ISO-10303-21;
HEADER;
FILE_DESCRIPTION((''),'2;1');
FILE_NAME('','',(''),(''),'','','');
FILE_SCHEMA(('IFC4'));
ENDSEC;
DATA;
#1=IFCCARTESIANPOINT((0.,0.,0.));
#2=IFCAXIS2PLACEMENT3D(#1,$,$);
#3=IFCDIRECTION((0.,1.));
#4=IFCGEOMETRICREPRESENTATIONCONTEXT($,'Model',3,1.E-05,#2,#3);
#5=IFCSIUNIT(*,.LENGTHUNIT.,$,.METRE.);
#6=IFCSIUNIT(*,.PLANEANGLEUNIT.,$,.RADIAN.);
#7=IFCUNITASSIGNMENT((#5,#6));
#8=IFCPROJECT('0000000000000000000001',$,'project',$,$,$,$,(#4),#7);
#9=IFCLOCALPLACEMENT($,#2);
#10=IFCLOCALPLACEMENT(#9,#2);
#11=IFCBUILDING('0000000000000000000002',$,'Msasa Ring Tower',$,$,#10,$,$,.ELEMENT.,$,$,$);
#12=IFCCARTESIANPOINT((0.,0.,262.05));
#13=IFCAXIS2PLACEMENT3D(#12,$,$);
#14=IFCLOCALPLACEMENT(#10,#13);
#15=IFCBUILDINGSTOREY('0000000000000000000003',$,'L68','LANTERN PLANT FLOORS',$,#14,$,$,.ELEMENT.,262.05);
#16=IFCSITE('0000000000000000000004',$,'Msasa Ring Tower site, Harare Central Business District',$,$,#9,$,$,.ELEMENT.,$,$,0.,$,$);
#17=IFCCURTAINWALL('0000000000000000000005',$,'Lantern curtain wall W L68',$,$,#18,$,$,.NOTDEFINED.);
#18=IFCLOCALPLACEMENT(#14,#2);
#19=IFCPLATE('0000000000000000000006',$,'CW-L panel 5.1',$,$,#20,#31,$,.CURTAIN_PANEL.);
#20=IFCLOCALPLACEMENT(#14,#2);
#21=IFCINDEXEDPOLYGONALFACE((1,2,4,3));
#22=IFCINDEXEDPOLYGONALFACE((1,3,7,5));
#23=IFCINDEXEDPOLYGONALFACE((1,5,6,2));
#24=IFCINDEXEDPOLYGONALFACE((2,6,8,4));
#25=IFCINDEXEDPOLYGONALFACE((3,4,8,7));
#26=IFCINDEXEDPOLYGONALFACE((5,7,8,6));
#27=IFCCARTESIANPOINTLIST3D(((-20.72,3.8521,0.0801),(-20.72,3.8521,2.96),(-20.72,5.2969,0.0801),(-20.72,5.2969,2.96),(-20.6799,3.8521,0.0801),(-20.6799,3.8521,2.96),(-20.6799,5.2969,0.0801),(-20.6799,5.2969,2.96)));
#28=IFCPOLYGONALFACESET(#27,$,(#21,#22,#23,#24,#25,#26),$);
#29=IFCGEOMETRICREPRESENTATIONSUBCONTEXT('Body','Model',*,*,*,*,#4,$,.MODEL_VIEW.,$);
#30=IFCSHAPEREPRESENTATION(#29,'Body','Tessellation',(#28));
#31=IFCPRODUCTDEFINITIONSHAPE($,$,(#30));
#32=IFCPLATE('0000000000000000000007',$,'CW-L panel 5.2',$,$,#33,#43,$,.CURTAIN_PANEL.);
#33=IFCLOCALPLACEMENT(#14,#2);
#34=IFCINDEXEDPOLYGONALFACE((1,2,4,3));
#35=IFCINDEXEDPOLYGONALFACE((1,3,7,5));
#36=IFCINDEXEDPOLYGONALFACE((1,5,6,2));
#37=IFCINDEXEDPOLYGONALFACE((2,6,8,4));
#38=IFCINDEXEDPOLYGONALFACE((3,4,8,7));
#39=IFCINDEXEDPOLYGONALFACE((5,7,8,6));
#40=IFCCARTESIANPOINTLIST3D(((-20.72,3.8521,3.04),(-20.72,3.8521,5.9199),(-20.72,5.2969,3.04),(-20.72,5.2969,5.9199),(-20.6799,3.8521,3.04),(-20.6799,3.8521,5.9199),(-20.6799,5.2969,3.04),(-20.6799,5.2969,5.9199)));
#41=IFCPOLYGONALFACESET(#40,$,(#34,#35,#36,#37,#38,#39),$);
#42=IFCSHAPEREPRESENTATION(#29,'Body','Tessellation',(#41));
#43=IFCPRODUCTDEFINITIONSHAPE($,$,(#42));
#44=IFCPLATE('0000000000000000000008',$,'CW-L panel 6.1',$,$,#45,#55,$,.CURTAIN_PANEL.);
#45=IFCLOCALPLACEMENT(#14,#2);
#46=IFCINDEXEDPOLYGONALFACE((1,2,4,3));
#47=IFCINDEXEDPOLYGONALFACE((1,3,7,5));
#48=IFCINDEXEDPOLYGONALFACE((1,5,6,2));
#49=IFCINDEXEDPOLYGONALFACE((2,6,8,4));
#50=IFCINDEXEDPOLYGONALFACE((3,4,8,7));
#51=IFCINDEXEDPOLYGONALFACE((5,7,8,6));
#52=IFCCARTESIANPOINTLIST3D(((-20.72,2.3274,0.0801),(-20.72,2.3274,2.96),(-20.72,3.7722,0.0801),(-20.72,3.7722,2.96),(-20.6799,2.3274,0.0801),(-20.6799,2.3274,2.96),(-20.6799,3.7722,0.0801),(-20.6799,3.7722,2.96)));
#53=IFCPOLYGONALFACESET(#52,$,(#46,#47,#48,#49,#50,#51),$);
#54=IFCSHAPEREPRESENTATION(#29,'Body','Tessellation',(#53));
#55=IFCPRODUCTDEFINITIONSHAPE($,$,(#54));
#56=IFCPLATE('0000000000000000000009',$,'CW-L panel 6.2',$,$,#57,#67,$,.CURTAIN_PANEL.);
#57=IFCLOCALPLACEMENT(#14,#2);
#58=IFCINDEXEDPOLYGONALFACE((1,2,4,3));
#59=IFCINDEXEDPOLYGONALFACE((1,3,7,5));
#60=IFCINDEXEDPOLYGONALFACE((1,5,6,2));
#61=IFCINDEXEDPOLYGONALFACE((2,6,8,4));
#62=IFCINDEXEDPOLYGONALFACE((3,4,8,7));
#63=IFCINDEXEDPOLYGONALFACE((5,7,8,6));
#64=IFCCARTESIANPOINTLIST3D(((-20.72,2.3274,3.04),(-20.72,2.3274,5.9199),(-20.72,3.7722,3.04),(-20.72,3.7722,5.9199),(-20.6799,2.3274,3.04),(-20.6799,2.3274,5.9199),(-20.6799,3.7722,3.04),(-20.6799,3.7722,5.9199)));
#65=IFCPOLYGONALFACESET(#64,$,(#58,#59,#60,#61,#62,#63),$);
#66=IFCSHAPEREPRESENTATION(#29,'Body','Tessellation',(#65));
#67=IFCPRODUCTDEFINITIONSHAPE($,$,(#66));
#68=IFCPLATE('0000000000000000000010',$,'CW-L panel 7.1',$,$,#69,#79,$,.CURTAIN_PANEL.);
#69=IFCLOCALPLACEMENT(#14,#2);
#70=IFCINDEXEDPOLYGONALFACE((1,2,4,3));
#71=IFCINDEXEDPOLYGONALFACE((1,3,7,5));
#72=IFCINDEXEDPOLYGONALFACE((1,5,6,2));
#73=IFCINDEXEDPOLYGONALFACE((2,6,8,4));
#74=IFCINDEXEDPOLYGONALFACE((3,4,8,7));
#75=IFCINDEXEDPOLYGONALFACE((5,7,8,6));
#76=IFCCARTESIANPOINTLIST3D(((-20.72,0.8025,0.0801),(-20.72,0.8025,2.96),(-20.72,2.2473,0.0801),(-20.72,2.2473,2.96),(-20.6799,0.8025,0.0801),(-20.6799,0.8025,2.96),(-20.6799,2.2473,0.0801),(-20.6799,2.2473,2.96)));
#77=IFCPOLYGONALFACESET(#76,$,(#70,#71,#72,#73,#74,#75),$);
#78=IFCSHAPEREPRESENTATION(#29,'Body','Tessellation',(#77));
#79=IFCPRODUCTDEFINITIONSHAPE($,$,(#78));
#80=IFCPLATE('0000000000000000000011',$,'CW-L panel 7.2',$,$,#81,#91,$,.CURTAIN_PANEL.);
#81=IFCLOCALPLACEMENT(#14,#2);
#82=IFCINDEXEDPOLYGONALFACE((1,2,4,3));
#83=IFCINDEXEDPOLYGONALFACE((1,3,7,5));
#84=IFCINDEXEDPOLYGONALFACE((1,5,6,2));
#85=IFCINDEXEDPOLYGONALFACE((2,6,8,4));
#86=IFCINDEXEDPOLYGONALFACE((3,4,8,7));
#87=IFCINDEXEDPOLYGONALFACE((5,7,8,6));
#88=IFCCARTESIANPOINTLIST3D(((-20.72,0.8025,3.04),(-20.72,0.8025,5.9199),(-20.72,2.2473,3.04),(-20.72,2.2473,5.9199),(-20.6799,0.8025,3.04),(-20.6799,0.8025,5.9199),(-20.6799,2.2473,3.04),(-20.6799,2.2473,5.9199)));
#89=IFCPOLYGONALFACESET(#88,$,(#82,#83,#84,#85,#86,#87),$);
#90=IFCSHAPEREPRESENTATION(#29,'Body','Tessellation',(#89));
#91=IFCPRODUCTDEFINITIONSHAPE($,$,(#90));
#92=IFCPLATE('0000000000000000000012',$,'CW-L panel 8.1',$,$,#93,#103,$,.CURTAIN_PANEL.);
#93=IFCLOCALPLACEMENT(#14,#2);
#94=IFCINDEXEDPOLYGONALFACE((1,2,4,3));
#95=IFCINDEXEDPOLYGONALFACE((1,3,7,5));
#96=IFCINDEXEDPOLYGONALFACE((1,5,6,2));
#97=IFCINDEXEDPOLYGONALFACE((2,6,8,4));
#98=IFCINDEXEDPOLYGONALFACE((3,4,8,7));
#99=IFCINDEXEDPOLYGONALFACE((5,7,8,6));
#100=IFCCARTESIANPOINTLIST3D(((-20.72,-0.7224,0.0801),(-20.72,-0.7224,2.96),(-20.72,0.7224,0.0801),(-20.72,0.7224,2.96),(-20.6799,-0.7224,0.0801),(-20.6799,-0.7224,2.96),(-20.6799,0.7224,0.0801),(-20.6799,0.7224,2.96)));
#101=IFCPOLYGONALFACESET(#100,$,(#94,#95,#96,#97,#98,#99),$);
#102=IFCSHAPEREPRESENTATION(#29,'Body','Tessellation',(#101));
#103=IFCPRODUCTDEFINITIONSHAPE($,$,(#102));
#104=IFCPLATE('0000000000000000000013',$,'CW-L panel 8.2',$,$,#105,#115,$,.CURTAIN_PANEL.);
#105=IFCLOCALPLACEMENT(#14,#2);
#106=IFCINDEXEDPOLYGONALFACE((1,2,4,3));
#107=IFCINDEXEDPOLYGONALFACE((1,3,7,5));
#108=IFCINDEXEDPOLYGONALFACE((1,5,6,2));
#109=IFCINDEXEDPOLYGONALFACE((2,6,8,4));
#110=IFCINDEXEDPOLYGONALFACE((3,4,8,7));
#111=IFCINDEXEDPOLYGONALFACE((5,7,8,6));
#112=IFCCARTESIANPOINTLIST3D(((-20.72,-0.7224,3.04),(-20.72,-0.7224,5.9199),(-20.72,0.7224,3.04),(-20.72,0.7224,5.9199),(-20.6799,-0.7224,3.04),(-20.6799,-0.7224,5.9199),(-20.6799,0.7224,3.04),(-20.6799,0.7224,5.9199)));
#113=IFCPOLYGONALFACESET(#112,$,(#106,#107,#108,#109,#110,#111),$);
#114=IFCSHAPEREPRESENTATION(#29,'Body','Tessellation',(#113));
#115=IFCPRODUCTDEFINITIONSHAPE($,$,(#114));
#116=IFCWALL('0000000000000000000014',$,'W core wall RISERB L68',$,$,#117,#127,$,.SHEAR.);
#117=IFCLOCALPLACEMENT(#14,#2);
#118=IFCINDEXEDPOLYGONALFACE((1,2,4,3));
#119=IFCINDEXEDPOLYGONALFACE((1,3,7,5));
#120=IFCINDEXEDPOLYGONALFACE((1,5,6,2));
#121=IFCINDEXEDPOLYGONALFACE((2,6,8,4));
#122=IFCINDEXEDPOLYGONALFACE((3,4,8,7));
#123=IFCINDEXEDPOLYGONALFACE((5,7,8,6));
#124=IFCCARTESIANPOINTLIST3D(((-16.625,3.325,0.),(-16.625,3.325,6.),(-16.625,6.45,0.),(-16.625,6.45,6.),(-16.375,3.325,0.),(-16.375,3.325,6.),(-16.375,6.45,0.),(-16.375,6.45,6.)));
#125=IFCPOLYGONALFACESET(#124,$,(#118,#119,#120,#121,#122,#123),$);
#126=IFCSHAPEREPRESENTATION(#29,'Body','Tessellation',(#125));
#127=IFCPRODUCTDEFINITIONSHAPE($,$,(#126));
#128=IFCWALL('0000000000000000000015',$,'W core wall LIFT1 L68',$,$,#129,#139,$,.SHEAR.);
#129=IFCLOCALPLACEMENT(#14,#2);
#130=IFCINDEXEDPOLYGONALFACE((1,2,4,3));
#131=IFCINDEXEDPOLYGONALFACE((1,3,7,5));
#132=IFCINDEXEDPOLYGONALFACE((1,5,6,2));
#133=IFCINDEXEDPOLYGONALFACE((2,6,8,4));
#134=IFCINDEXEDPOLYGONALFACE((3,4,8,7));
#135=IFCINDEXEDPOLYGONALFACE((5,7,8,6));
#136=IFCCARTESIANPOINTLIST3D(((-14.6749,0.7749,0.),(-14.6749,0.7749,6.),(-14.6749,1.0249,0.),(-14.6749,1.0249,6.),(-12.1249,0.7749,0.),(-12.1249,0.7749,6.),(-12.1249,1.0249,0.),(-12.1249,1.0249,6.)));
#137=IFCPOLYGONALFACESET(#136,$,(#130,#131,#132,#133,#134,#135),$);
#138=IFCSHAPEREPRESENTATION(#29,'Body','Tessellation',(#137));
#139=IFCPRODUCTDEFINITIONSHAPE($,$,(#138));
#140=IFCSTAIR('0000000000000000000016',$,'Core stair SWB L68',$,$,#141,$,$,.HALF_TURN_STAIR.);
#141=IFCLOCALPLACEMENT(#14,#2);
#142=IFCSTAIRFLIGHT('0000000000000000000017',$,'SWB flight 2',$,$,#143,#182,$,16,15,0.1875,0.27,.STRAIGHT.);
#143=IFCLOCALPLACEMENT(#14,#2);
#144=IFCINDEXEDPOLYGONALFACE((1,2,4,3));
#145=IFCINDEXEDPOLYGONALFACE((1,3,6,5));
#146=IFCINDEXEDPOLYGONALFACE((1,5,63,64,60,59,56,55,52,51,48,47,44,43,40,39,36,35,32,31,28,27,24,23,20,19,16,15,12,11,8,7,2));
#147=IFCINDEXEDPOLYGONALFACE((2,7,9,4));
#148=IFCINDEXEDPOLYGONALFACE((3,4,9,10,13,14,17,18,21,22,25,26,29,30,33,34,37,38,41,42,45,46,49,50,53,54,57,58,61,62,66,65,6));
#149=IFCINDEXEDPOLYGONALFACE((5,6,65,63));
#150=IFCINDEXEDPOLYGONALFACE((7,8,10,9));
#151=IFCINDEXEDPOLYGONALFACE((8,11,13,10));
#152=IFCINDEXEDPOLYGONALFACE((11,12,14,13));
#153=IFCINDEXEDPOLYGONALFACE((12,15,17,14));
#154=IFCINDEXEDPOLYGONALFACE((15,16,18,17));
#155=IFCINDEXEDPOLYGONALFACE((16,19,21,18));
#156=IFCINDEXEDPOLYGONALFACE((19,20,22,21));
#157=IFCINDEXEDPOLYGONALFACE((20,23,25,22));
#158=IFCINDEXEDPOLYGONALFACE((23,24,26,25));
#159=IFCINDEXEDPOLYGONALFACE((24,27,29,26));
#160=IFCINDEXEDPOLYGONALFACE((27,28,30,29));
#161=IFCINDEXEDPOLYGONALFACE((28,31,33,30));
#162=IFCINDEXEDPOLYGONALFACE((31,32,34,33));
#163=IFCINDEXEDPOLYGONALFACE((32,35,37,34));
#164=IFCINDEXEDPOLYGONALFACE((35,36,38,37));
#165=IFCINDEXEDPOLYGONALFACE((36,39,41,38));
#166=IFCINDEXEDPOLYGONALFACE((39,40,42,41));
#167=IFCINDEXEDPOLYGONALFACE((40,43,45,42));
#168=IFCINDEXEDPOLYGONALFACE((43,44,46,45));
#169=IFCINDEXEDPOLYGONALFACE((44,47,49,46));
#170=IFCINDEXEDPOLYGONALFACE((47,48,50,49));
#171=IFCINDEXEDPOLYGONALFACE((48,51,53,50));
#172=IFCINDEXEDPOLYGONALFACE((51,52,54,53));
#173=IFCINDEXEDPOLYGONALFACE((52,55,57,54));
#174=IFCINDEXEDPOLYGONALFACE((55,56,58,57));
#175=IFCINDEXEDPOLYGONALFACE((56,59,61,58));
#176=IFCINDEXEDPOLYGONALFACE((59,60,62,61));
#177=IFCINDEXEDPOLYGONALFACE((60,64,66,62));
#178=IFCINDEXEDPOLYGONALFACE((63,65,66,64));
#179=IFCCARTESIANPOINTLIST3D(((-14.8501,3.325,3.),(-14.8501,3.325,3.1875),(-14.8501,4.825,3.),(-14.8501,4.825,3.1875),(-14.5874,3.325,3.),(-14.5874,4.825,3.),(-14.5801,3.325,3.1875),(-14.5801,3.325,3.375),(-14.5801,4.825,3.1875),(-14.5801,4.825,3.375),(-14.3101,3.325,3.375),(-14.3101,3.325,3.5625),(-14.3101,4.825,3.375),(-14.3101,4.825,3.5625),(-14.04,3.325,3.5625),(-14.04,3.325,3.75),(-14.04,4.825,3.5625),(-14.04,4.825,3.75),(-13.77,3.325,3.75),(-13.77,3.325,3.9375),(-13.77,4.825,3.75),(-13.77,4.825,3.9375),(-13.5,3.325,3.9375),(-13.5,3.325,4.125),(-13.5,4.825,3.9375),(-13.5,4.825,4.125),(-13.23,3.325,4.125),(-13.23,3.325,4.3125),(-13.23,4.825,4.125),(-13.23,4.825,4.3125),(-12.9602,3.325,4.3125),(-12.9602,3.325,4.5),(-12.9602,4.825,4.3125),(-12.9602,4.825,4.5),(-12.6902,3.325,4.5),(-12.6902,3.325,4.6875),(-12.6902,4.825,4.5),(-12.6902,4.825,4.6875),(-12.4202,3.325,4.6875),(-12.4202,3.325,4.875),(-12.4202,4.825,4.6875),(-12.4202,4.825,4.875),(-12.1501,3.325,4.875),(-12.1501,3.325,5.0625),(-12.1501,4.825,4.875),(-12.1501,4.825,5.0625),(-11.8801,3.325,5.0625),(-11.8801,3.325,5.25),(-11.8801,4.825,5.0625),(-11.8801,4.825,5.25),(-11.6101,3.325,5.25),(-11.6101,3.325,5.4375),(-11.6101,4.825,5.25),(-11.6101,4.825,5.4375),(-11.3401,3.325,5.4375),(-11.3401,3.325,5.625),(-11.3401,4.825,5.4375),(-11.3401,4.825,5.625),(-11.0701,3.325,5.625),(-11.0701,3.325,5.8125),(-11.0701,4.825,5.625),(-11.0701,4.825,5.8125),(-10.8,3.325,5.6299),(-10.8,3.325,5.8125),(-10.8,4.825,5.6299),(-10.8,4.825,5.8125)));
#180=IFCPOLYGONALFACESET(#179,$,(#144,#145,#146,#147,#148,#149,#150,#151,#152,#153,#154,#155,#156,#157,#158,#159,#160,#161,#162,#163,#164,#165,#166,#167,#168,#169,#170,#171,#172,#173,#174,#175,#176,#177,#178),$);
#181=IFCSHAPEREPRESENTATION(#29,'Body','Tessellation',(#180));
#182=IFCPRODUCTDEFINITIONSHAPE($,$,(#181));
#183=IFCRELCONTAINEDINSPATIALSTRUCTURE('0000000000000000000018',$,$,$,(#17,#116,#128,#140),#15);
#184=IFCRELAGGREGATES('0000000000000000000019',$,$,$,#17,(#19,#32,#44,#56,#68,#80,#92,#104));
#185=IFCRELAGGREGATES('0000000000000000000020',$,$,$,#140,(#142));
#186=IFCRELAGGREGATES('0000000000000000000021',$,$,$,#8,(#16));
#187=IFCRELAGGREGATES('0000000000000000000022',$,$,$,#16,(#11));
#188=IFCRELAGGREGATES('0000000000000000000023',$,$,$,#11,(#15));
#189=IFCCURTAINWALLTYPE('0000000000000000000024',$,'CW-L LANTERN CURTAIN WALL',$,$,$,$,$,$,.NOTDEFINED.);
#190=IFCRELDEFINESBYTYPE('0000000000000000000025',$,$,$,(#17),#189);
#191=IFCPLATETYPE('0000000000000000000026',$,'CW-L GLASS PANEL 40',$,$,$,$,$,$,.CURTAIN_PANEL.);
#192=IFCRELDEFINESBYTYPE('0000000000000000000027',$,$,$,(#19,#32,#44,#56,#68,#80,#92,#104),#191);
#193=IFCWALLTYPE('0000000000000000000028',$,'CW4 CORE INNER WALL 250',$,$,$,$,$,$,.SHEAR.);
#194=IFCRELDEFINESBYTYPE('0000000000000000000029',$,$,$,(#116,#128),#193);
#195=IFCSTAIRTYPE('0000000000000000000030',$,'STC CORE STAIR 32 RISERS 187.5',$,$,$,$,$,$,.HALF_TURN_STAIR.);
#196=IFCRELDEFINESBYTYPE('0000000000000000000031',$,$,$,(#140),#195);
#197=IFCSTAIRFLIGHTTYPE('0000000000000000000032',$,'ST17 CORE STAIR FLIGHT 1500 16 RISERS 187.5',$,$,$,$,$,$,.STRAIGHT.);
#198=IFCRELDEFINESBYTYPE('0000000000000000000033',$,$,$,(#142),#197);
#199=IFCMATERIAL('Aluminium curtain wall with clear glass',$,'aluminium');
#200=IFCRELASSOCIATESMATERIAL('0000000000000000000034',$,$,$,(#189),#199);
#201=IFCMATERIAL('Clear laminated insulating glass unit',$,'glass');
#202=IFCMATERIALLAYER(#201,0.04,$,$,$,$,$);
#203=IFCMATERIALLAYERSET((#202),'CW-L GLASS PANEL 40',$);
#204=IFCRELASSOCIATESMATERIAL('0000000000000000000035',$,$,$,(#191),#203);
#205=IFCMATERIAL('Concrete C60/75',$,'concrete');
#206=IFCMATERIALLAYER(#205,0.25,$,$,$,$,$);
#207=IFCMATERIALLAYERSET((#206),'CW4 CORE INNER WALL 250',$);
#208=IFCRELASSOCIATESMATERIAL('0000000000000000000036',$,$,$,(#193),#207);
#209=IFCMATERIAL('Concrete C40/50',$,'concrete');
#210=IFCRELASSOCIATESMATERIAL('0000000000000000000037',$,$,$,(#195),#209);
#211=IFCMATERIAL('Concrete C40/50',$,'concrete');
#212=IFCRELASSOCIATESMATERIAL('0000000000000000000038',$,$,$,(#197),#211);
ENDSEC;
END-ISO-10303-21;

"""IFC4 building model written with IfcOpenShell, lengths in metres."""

from ifc_helpers import new_model, si_unit, direction, frame, frame_2d, origin, origin_2d, place, context, subcontext, project, spatial, polyline, rectangle, outline, extrude, material, layer, layer_set, type_object, element, aggregate, save


model = new_model("IFC4")

# Units and contexts
model_context = context("Model", 3, precision=1e-05, world=origin(), true_north=direction((0.0, 1.0)))
body_context = subcontext(model_context, "Body", "Model", "MODEL_VIEW")
ifc_project = project(units=[si_unit("LENGTHUNIT", "METRE"), si_unit("PLANEANGLEUNIT", "RADIAN")], contexts=[model_context])

# Site, building, storey
site_placement = place(None, origin())
site = spatial("IfcSite", under=ifc_project, at=site_placement, Name="Msasa Ring Tower site, Harare Central Business District", CompositionType="ELEMENT", RefElevation=0.0)
building_placement = place(site_placement, origin())
building = spatial("IfcBuilding", under=site, at=building_placement, Name="Msasa Ring Tower", CompositionType="ELEMENT")
storey_placement = place(building_placement, frame((0.0, 0.0, 262.05)))
storey = spatial("IfcBuildingStorey", under=building, at=storey_placement, Name="L68", Description="LANTERN PLANT FLOORS", CompositionType="ELEMENT", Elevation=262.05)

# Curtain wall
ifc_material_1 = material(Name="Aluminium curtain wall with clear glass", Category="aluminium")
curtain_wall_type = type_object("IfcCurtainWallType", Name="CW-L LANTERN CURTAIN WALL", PredefinedType="NOTDEFINED", material=ifc_material_1)
curtain_wall_placement = place(storey_placement, origin())
curtain_wall = element("IfcCurtainWall", 1, at=curtain_wall_placement, inside=storey, type_object=curtain_wall_type, Name="Lantern curtain wall W L68", PredefinedType="NOTDEFINED")

# Plates
ifc_material_2 = material(Name="Clear laminated insulating glass unit", Category="glass")
ifc_layer_1 = layer(ifc_material_2, 0.04)
ifc_layer_set_1 = layer_set([ifc_layer_1], Name="CW-L GLASS PANEL 40")
plate_type = type_object("IfcPlateType", Name="CW-L GLASS PANEL 40", PredefinedType="CURTAIN_PANEL", material=ifc_layer_set_1)
plate_1_placement = place(storey_placement, frame((-20.7, 4.5745, 0.0801), z_axis=(0.0, 0.0, 1.0), x_axis=(0.0, -1.0, 0.0)))
plate_1 = element("IfcPlate", 2, at=plate_1_placement, type_object=plate_type, Name="CW-L panel 5.1", PredefinedType="CURTAIN_PANEL", context=body_context, shape_type="SweptSolid", body=[
    extrude(rectangle(XDim=1.4448, YDim=0.04, at=origin_2d()), origin(), (0.0, 0.0, 1.0), 2.8799),
])
plate_2_placement = place(storey_placement, frame((-20.7, 4.5745, 3.04), z_axis=(0.0, 0.0, 1.0), x_axis=(0.0, -1.0, 0.0)))
plate_2 = element("IfcPlate", 3, at=plate_2_placement, type_object=plate_type, Name="CW-L panel 5.2", PredefinedType="CURTAIN_PANEL", context=body_context, shape_type="SweptSolid", body=[
    extrude(rectangle(XDim=1.4448, YDim=0.04, at=origin_2d()), origin(), (0.0, 0.0, 1.0), 2.8799),
])
plate_3_placement = place(storey_placement, frame((-20.7, 3.0498, 0.0801), z_axis=(0.0, 0.0, 1.0), x_axis=(0.0, -1.0, 0.0)))
plate_3 = element("IfcPlate", 4, at=plate_3_placement, type_object=plate_type, Name="CW-L panel 6.1", PredefinedType="CURTAIN_PANEL", context=body_context, shape_type="SweptSolid", body=[
    extrude(rectangle(XDim=1.4448, YDim=0.04, at=origin_2d()), origin(), (0.0, 0.0, 1.0), 2.8799),
])
plate_4_placement = place(storey_placement, frame((-20.7, 3.0498, 3.04), z_axis=(0.0, 0.0, 1.0), x_axis=(0.0, -1.0, 0.0)))
plate_4 = element("IfcPlate", 5, at=plate_4_placement, type_object=plate_type, Name="CW-L panel 6.2", PredefinedType="CURTAIN_PANEL", context=body_context, shape_type="SweptSolid", body=[
    extrude(rectangle(XDim=1.4448, YDim=0.04, at=origin_2d()), origin(), (0.0, 0.0, 1.0), 2.8799),
])
plate_5_placement = place(storey_placement, frame((-20.7, 1.5249, 0.0801), z_axis=(0.0, 0.0, 1.0), x_axis=(0.0, -1.0, 0.0)))
plate_5 = element("IfcPlate", 6, at=plate_5_placement, type_object=plate_type, Name="CW-L panel 7.1", PredefinedType="CURTAIN_PANEL", context=body_context, shape_type="SweptSolid", body=[
    extrude(rectangle(XDim=1.4448, YDim=0.04, at=origin_2d()), origin(), (0.0, 0.0, 1.0), 2.8799),
])
plate_6_placement = place(storey_placement, frame((-20.7, 1.5249, 3.04), z_axis=(0.0, 0.0, 1.0), x_axis=(0.0, -1.0, 0.0)))
plate_6 = element("IfcPlate", 7, at=plate_6_placement, type_object=plate_type, Name="CW-L panel 7.2", PredefinedType="CURTAIN_PANEL", context=body_context, shape_type="SweptSolid", body=[
    extrude(rectangle(XDim=1.4448, YDim=0.04, at=origin_2d()), origin(), (0.0, 0.0, 1.0), 2.8799),
])
plate_7_placement = place(storey_placement, frame((-20.7, 0.0, 0.0801), z_axis=(0.0, 0.0, 1.0), x_axis=(0.0, -1.0, 0.0)))
plate_7 = element("IfcPlate", 8, at=plate_7_placement, type_object=plate_type, Name="CW-L panel 8.1", PredefinedType="CURTAIN_PANEL", context=body_context, shape_type="SweptSolid", body=[
    extrude(rectangle(XDim=1.4448, YDim=0.04, at=origin_2d()), origin(), (0.0, 0.0, 1.0), 2.8799),
])
plate_8_placement = place(storey_placement, frame((-20.7, 0.0, 3.04), z_axis=(0.0, 0.0, 1.0), x_axis=(0.0, -1.0, 0.0)))
plate_8 = element("IfcPlate", 9, at=plate_8_placement, type_object=plate_type, Name="CW-L panel 8.2", PredefinedType="CURTAIN_PANEL", context=body_context, shape_type="SweptSolid", body=[
    extrude(rectangle(XDim=1.4448, YDim=0.04, at=origin_2d()), origin(), (0.0, 0.0, 1.0), 2.8799),
])
aggregate(curtain_wall, [plate_1, plate_2, plate_3, plate_4, plate_5, plate_6, plate_7, plate_8])

# Walls
ifc_material_3 = material(Name="Concrete C60/75", Category="concrete")
ifc_layer_2 = layer(ifc_material_3, 0.25)
ifc_layer_set_2 = layer_set([ifc_layer_2], Name="CW4 CORE INNER WALL 250")
wall_type = type_object("IfcWallType", Name="CW4 CORE INNER WALL 250", PredefinedType="SHEAR", material=ifc_layer_set_2)
wall_1_placement = place(storey_placement, frame((-16.5, 3.325, 0.0), z_axis=(0.0, 0.0, 1.0), x_axis=(0.0, 1.0, 0.0)))
element("IfcWall", 10, at=wall_1_placement, inside=storey, type_object=wall_type, Name="W core wall RISERB L68", PredefinedType="SHEAR", context=body_context, shape_type="SweptSolid", body=[
    extrude(rectangle(XDim=3.125, YDim=0.25, at=frame_2d((1.5625, 0.0))), origin(), (0.0, 0.0, 1.0), 6.0),
])
wall_2_placement = place(storey_placement, frame((-12.125, 0.8999, 0.0), z_axis=(0.0, 0.0, 1.0), x_axis=(-1.0, 0.0, 0.0)))
element("IfcWall", 11, at=wall_2_placement, inside=storey, type_object=wall_type, Name="W core wall LIFT1 L68", PredefinedType="SHEAR", context=body_context, shape_type="SweptSolid", body=[
    extrude(rectangle(XDim=2.55, YDim=0.25, at=frame_2d((1.2749, 0.0))), origin(), (0.0, 0.0, 1.0), 6.0),
])

# Stair, stair flight
ifc_material_4 = material(Name="Concrete C40/50", Category="concrete")
stair_type = type_object("IfcStairType", Name="STC CORE STAIR 32 RISERS 187.5", PredefinedType="HALF_TURN_STAIR", material=ifc_material_4)
stair_placement = place(storey_placement, origin())
stair = element("IfcStair", 12, at=stair_placement, inside=storey, type_object=stair_type, Name="Core stair SWB L68", PredefinedType="HALF_TURN_STAIR")
ifc_material_5 = material(Name="Concrete C40/50", Category="concrete")
stair_flight_type = type_object("IfcStairFlightType", Name="ST17 CORE STAIR FLIGHT 1500 16 RISERS 187.5", PredefinedType="STRAIGHT", material=ifc_material_5)
stair_flight_placement = place(storey_placement, frame((-14.8501, 4.075, 3.0), z_axis=(0.0, 0.0, 1.0), x_axis=(1.0, 0.0, 0.0)))
stair_flight = element("IfcStairFlight", 13, at=stair_flight_placement, type_object=stair_flight_type, Name="SWB flight 2", NumberOfRisers=16, NumberOfTreads=15, PredefinedType="STRAIGHT", RiserHeight=0.1875, TreadLength=0.27, context=body_context, shape_type="SweptSolid", body=[
    extrude(outline(polyline([(0.0, 0.0), (0.0, 0.1875), (0.27, 0.1875), (0.27, 0.375), (0.54, 0.375), (0.54, 0.5625), (0.8101, 0.5625), (0.8101, 0.75), (1.0801, 0.75), (1.0801, 0.9375), (1.3501, 0.9375), (1.3501, 1.125), (1.6201, 1.125), (1.6201, 1.3125), (1.8899, 1.3125), (1.8899, 1.5), (2.1599, 1.5), (2.1599, 1.6875), (2.4299, 1.6875), (2.4299, 1.875), (2.7, 1.875), (2.7, 2.0625), (2.97, 2.0625), (2.97, 2.25), (3.24, 2.25), (3.24, 2.4375), (3.51, 2.4375), (3.51, 2.625), (3.78, 2.625), (3.78, 2.8125), (4.05, 2.8125), (4.05, 3.0), (4.05, 2.6299), (0.2627, 0.0), (0.0, 0.0)])), frame((0.0, 0.75, 0.0), z_axis=(0.0, -1.0, 0.0), x_axis=(1.0, 0.0, 0.0)), (0.0, 0.0, 1.0), 1.5),
])
aggregate(stair, [stair_flight])

save(model, "model.ifc")
